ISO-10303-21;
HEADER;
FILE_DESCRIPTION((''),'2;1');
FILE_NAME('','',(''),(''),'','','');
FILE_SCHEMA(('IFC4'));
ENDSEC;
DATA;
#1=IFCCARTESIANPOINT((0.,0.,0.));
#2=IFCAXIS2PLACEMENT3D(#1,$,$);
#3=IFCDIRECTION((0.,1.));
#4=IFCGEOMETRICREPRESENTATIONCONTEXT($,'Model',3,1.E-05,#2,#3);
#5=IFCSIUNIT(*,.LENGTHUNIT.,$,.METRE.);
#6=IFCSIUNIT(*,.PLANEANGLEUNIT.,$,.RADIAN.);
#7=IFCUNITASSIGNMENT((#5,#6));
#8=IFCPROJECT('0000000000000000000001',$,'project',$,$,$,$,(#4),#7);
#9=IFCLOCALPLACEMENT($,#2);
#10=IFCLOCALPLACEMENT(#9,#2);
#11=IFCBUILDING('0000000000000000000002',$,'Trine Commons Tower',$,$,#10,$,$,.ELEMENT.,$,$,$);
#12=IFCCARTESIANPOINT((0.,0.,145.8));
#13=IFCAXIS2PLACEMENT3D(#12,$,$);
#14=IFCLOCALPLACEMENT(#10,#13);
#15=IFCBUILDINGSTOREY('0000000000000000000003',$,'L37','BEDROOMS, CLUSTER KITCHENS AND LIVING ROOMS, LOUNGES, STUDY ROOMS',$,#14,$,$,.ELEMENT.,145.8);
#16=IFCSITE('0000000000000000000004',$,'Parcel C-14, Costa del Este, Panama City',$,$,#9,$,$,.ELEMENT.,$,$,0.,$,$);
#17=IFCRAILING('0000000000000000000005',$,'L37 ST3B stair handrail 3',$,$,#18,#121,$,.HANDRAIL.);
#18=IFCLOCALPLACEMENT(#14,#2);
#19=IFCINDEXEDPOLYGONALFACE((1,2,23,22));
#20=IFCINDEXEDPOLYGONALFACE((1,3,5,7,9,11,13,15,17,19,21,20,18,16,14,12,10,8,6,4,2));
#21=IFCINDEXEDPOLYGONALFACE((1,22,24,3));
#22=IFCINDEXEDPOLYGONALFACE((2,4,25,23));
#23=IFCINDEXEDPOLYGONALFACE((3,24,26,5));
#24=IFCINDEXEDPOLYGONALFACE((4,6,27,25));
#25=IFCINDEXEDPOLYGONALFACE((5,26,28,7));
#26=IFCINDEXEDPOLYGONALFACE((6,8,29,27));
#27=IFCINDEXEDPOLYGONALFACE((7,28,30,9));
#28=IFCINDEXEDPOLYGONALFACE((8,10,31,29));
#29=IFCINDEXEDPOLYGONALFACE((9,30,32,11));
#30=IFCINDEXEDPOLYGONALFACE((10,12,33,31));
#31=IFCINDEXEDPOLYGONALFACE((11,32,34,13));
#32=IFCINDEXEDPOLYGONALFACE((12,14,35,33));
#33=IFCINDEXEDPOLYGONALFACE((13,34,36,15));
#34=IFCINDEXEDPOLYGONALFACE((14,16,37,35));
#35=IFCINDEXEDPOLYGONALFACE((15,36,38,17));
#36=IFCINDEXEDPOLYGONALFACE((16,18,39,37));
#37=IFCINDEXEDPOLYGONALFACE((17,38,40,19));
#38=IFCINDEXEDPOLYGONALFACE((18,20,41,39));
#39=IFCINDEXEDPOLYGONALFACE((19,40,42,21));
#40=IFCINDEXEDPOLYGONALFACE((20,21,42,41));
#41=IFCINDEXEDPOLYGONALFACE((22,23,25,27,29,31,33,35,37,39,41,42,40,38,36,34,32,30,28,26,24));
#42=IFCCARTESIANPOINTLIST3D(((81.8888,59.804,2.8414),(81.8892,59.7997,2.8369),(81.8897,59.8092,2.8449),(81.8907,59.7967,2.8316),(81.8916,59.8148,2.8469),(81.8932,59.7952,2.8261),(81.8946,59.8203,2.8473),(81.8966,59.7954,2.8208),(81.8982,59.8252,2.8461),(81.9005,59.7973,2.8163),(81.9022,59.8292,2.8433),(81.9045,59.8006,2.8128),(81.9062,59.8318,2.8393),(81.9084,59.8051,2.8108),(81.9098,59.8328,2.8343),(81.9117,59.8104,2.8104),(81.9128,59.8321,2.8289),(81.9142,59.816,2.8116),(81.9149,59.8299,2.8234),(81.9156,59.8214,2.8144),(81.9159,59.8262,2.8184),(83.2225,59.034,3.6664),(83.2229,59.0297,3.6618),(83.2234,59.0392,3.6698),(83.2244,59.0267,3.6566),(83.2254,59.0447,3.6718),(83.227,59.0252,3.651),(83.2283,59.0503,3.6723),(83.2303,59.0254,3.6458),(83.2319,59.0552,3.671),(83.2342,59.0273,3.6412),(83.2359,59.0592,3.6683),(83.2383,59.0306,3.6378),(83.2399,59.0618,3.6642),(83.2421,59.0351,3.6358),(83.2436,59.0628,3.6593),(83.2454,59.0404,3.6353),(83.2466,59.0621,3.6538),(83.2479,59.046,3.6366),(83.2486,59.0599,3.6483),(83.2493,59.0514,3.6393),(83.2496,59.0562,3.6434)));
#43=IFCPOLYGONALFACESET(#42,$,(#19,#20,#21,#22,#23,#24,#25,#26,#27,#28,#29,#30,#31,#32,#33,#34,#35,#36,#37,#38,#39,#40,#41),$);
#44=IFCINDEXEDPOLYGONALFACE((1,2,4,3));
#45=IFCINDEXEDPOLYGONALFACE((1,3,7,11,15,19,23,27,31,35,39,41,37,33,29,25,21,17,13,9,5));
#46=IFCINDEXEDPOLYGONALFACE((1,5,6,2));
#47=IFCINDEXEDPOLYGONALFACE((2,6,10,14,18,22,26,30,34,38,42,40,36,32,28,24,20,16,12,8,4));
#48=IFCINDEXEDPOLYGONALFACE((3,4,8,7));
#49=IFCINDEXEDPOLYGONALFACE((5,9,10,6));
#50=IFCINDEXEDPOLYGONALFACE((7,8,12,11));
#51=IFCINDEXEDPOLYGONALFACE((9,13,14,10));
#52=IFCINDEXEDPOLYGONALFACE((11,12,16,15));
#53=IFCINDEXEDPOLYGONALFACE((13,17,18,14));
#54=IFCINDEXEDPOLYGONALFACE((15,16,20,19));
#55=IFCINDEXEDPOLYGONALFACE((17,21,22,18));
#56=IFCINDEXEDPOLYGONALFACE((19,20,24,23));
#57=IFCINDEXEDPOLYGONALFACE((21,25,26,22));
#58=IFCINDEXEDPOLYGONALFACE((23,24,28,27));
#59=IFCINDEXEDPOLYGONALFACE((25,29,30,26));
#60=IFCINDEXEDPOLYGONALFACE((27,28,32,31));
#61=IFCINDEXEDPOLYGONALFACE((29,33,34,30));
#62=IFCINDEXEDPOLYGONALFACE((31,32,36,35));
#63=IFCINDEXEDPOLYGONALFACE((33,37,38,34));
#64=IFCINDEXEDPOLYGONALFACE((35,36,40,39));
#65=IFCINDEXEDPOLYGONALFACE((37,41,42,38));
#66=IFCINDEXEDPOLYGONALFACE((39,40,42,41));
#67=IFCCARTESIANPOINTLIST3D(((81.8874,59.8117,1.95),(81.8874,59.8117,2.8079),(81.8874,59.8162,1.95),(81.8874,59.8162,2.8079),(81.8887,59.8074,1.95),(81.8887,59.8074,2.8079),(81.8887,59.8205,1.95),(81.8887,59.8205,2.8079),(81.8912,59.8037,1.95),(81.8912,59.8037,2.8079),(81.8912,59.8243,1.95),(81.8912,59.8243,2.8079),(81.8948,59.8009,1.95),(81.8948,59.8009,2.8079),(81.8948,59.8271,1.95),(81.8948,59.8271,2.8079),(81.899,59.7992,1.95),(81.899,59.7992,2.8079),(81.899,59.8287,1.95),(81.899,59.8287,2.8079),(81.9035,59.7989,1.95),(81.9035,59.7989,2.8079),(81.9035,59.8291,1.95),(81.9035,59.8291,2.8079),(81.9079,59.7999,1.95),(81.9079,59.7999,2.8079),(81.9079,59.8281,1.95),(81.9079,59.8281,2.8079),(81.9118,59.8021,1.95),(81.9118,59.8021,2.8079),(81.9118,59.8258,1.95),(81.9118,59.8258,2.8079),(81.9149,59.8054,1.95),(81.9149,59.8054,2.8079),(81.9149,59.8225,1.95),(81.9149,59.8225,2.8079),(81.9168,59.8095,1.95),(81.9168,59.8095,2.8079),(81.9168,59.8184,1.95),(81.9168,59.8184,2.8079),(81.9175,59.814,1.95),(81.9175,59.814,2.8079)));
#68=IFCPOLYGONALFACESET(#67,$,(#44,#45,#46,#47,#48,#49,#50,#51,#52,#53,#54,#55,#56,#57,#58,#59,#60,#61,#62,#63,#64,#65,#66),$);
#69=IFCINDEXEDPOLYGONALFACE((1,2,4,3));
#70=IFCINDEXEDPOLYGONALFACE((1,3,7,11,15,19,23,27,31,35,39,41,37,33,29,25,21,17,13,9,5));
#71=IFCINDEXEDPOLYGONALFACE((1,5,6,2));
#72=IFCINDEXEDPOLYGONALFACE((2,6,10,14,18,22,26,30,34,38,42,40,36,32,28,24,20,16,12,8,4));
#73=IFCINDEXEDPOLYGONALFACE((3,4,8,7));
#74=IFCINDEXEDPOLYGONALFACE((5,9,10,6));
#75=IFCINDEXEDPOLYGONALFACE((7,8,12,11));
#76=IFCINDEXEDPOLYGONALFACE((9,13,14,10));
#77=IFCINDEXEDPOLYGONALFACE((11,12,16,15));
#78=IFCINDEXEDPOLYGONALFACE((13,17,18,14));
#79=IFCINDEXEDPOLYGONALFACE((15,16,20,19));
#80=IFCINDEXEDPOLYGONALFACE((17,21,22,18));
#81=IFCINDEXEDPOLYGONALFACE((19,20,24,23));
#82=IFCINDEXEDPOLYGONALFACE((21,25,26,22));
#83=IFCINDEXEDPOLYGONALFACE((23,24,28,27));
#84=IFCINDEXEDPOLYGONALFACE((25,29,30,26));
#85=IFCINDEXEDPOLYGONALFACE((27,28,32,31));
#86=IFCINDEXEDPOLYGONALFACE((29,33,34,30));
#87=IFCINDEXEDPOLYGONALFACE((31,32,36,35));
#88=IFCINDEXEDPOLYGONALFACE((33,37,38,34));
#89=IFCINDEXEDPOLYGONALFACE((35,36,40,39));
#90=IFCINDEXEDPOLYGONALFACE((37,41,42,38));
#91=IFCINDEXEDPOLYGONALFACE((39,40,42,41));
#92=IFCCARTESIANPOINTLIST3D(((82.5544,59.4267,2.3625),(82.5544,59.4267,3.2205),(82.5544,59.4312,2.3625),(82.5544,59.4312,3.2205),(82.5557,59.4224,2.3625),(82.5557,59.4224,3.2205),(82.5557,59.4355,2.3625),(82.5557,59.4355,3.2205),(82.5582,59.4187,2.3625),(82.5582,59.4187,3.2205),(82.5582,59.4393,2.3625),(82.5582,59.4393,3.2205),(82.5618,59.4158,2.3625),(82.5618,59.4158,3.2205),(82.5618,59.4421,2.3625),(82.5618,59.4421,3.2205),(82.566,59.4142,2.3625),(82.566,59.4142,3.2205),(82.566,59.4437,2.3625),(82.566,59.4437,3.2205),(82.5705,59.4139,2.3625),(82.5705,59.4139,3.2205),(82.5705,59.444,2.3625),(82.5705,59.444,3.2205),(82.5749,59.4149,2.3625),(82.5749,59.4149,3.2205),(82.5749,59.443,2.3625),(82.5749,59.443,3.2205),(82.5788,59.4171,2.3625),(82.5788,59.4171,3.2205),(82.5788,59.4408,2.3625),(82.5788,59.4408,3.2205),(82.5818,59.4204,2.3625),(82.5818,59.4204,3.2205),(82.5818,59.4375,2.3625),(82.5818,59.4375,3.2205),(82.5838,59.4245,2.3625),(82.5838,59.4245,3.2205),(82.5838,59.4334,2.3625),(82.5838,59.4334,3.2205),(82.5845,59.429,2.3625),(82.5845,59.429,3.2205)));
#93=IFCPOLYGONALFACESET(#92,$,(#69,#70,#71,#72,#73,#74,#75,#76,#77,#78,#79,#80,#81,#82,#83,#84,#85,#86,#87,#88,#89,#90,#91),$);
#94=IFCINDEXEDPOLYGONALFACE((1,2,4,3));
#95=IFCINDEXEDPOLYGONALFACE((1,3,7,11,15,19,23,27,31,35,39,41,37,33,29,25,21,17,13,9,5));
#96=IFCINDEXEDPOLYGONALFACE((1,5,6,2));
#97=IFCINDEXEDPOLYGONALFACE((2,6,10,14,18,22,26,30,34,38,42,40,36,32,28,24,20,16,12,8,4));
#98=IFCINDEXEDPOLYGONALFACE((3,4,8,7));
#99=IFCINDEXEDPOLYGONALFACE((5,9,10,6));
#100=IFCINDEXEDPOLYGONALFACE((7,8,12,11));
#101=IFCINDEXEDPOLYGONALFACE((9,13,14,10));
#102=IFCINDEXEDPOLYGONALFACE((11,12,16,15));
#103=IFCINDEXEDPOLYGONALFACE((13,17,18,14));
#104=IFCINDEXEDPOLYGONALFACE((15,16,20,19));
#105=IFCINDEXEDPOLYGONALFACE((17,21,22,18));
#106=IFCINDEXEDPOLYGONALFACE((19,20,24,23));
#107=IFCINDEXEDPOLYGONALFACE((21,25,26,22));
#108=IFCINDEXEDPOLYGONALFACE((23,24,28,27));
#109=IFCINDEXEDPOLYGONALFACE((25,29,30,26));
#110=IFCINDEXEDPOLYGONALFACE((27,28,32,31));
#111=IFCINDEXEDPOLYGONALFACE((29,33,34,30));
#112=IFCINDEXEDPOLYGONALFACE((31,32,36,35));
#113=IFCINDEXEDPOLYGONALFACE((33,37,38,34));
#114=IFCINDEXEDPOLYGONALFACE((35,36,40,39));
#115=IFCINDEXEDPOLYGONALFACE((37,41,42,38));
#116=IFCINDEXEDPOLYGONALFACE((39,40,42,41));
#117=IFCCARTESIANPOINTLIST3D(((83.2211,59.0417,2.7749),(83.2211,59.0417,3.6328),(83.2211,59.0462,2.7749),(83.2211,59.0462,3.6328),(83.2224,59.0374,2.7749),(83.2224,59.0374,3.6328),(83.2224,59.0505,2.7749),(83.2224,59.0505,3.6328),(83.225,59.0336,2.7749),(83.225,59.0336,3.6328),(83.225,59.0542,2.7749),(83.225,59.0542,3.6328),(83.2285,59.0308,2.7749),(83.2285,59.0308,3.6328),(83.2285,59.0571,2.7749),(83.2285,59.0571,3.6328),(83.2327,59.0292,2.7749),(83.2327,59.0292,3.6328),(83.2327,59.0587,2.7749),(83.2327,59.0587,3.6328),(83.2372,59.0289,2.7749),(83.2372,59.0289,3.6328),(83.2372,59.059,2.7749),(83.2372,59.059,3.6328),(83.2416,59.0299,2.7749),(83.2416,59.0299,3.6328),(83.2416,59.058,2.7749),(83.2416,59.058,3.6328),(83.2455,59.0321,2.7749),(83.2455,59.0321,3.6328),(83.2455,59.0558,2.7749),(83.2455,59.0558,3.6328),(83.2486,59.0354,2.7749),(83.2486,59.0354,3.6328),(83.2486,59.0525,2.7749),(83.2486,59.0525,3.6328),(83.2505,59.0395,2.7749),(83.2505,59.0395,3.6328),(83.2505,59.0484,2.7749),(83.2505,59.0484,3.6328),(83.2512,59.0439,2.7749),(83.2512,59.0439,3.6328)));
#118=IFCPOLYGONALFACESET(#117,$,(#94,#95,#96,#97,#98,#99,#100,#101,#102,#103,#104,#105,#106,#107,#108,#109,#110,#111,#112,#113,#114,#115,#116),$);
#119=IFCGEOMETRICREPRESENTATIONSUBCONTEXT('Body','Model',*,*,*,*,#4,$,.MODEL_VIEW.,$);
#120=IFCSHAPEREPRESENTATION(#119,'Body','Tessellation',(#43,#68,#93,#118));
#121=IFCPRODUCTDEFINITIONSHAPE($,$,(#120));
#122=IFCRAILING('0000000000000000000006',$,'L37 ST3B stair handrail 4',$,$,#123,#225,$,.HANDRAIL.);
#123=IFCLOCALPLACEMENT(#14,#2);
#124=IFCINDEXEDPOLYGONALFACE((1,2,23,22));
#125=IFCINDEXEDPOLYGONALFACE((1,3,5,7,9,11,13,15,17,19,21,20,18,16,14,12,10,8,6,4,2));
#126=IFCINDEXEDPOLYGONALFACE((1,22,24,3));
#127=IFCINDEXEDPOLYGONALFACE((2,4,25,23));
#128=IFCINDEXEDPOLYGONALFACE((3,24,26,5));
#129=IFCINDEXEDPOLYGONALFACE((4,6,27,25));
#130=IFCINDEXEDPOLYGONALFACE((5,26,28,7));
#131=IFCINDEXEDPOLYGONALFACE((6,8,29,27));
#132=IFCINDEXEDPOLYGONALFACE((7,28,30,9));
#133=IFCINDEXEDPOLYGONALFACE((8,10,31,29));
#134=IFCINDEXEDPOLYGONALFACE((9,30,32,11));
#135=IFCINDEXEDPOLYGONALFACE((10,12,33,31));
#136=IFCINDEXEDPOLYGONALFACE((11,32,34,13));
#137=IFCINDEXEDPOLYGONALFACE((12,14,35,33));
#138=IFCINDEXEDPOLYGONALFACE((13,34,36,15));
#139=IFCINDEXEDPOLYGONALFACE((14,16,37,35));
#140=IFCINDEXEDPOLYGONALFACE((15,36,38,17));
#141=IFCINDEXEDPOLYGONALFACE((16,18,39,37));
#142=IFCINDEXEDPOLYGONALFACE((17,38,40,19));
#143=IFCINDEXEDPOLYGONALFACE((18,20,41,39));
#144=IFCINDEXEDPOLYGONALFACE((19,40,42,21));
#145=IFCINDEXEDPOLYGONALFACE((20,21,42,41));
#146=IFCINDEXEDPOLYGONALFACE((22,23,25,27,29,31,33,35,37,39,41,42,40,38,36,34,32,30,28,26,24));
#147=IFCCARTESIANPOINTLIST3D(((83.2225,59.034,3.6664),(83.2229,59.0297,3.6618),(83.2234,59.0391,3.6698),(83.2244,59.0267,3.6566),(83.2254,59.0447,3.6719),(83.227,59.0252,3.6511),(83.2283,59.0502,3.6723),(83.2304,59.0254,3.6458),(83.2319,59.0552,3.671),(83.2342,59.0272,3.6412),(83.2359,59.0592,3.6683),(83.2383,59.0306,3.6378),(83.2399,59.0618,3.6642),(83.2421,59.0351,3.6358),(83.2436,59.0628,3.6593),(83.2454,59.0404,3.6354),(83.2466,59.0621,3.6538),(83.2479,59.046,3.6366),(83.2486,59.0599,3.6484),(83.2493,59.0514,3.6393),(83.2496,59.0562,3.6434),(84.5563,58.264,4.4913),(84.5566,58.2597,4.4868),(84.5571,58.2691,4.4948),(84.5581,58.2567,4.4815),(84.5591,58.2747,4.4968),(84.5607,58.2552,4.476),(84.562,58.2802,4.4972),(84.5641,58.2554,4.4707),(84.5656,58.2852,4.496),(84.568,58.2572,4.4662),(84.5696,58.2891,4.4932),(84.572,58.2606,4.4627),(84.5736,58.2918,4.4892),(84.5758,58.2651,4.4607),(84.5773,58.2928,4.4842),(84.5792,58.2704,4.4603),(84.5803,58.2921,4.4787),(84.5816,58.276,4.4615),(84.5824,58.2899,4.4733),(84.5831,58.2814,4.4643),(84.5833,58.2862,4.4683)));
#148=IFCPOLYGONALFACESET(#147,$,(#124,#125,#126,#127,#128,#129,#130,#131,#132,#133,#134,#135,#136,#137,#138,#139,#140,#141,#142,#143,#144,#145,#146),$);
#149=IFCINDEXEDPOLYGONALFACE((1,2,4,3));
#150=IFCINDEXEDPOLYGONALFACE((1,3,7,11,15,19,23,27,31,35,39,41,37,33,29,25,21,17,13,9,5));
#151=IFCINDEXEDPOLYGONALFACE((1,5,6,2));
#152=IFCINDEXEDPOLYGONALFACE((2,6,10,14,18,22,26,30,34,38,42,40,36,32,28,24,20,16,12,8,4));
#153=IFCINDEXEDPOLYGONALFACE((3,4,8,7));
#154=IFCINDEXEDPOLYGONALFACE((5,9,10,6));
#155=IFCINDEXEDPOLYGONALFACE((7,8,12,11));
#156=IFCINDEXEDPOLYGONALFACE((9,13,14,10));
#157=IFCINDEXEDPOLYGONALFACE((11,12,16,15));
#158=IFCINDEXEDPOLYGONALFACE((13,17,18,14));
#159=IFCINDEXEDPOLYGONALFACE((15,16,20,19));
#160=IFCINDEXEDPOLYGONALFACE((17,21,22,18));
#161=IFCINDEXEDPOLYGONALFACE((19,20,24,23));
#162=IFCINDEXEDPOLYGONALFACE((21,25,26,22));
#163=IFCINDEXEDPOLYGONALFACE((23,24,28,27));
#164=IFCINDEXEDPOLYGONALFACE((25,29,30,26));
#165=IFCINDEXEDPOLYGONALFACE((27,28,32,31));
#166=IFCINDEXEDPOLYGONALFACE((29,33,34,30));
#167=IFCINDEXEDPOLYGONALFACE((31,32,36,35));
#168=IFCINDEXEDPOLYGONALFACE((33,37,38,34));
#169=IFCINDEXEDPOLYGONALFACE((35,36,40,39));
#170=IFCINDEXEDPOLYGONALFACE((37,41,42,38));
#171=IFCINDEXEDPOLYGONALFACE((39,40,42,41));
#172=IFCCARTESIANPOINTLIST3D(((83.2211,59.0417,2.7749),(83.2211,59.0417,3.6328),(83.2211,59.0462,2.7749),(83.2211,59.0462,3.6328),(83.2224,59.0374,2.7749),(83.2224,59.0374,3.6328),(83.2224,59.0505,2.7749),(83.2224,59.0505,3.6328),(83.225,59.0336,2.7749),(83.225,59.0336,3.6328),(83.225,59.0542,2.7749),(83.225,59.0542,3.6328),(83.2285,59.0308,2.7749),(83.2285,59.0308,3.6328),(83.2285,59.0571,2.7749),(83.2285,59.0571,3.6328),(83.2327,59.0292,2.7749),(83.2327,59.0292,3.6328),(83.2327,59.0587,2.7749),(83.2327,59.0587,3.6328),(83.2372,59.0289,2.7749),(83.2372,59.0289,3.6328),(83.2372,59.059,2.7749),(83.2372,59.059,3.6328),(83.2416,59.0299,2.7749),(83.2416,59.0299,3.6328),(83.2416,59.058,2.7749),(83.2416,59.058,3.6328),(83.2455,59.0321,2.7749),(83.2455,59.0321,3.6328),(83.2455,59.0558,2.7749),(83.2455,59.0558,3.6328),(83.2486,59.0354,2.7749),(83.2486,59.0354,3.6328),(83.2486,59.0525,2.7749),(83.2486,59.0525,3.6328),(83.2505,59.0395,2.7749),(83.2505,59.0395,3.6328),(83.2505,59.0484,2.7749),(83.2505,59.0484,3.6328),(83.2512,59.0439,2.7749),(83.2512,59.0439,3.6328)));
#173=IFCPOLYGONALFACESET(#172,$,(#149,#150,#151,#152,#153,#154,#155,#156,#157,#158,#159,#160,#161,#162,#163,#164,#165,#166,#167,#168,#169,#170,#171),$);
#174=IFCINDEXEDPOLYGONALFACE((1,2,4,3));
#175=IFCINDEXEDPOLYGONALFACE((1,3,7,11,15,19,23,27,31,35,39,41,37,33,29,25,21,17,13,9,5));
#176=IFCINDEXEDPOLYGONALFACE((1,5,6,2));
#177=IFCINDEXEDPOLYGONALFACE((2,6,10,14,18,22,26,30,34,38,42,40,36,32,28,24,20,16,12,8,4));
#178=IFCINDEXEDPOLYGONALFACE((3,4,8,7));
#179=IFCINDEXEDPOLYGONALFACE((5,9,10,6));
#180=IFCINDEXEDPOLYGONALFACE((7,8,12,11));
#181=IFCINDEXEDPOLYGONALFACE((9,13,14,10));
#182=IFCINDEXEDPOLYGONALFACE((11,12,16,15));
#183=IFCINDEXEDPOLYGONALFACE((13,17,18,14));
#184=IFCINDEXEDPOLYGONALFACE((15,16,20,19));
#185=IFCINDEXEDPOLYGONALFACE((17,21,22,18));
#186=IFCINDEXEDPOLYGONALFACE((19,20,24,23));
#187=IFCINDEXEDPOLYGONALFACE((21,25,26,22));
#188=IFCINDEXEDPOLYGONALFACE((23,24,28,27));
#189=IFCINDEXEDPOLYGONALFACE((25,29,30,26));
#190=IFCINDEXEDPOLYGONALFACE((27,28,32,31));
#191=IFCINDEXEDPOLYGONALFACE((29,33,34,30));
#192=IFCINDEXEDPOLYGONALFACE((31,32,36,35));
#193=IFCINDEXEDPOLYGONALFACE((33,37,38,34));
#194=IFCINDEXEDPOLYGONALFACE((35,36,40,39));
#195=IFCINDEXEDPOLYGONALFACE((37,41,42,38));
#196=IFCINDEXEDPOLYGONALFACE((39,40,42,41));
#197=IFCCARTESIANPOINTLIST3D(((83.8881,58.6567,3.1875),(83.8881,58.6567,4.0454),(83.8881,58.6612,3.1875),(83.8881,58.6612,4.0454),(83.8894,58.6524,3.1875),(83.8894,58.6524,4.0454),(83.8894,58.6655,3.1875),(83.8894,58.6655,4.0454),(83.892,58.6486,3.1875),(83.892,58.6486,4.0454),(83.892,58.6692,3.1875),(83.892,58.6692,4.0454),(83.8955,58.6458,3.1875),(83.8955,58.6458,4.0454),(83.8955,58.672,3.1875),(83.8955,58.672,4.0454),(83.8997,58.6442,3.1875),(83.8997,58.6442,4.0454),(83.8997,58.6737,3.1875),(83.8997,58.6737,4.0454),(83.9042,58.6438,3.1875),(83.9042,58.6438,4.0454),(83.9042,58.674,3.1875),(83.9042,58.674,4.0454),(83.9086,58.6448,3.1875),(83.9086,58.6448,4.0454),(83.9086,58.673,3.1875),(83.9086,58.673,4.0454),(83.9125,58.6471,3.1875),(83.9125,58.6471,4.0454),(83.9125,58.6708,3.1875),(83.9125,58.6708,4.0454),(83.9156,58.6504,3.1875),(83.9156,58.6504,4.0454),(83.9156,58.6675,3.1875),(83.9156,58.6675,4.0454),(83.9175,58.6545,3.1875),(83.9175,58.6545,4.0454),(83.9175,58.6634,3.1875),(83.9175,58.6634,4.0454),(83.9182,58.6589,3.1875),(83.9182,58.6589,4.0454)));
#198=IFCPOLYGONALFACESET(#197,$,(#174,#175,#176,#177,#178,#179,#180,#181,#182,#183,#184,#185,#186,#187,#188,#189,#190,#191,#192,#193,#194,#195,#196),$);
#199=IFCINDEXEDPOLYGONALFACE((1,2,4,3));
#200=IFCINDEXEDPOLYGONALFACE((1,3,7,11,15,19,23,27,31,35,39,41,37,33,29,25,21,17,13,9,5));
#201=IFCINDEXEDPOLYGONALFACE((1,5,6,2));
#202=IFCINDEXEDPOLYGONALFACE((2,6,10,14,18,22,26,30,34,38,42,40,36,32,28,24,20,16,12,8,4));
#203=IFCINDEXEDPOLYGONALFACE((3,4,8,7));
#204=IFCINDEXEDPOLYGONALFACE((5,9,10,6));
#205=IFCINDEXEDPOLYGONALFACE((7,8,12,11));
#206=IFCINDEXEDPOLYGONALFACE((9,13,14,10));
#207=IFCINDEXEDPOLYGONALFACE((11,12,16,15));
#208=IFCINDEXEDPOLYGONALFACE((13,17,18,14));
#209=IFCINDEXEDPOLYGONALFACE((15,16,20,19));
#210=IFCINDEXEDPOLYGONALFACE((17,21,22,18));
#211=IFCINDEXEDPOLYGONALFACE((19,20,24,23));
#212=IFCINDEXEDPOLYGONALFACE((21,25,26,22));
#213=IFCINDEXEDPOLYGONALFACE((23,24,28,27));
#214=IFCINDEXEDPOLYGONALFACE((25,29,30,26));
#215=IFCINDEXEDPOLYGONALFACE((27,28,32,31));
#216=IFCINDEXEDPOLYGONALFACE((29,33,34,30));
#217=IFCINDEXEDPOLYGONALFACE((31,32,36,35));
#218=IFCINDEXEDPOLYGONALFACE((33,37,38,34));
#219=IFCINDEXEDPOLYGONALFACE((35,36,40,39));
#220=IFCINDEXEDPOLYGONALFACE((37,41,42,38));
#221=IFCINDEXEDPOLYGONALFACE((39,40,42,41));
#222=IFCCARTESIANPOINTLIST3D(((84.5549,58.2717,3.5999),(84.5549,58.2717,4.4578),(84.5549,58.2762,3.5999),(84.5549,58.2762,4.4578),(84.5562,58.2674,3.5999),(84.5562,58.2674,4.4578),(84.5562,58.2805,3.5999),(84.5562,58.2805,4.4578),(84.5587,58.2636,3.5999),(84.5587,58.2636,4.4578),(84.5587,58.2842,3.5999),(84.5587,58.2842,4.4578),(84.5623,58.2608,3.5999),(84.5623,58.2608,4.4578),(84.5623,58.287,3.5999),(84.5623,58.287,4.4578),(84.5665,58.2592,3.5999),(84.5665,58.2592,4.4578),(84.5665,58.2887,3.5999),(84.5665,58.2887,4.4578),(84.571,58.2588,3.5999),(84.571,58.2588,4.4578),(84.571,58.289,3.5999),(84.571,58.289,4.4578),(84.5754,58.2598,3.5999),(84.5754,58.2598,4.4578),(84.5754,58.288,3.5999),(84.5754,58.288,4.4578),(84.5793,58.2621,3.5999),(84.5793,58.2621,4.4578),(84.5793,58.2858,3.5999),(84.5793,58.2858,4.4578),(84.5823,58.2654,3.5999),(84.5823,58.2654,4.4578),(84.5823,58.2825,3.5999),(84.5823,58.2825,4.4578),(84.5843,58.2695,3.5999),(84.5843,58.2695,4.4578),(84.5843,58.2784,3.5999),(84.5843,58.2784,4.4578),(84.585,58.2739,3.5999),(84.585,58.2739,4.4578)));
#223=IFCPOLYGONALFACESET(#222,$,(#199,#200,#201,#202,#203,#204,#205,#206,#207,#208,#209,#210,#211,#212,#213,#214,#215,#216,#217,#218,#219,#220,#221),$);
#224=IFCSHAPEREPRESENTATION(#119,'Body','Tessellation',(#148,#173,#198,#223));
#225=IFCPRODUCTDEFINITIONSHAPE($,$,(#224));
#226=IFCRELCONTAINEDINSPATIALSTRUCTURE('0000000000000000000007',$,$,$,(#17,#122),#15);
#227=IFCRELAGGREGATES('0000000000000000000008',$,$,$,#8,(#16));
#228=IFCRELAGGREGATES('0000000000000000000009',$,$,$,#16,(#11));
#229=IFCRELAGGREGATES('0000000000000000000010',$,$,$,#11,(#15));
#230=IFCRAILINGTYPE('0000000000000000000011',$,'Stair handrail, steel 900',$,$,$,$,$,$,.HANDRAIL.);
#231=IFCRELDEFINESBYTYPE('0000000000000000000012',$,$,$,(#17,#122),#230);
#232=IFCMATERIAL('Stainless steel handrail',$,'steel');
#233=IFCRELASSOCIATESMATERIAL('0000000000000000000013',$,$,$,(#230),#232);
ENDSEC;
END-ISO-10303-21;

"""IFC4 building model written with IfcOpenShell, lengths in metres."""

from ifc_helpers import new_model, si_unit, direction, frame, origin, origin_2d, place, context, subcontext, project, spatial, circle, extrude, material, type_object, element, save


model = new_model("IFC4")

# Units and contexts
model_context = context("Model", 3, precision=1e-05, world=origin(), true_north=direction((0.0, 1.0)))
body_context = subcontext(model_context, "Body", "Model", "MODEL_VIEW")
ifc_project = project(units=[si_unit("LENGTHUNIT", "METRE"), si_unit("PLANEANGLEUNIT", "RADIAN")], contexts=[model_context])

# Site, building, storey
site_placement = place(None, origin())
site = spatial("IfcSite", under=ifc_project, at=site_placement, Name="Parcel C-14, Costa del Este, Panama City", CompositionType="ELEMENT", RefElevation=0.0)
building_placement = place(site_placement, origin())
building = spatial("IfcBuilding", under=site, at=building_placement, Name="Trine Commons Tower", CompositionType="ELEMENT")
storey_placement = place(building_placement, frame((0.0, 0.0, 145.8)))
storey = spatial("IfcBuildingStorey", under=building, at=storey_placement, Name="L37", Description="BEDROOMS, CLUSTER KITCHENS AND LIVING ROOMS, LOUNGES, STUDY ROOMS", CompositionType="ELEMENT", Elevation=145.8)

# Railings
ifc_material_1 = material(Name="Stainless steel handrail", Category="steel")
railing_type_1 = type_object("IfcRailingType", Name="Stair handrail, steel 900", PredefinedType="HANDRAIL", material=ifc_material_1)
for number, where, name in (
    (1, (81.9023, 59.814, 1.95), "L37 ST3B stair handrail 3"),
    (2, (83.2361, 59.0439, 2.7749), "L37 ST3B stair handrail 4"),
):
    element("IfcRailing", number, at=place(storey_placement, frame(where)), inside=storey, type_object=railing_type_1, Name=name, PredefinedType="HANDRAIL", context=body_context, shape_type="SweptSolid", body=[
        extrude(circle(Radius=0.021, at=origin_2d()), frame((0.0, 0.0, 0.8789), z_axis=(0.763405, -0.440743, 0.472185), x_axis=(0.499992, 0.86603, 0.0)), (0.0, 0.0, 1.0), 1.7471),
        extrude(circle(Radius=0.0151, at=origin_2d()), origin(), (0.0, 0.0, 1.0), 0.8579),
        extrude(circle(Radius=0.0151, at=origin_2d()), frame((0.667, -0.385, 0.4126)), (0.0, 0.0, 1.0), 0.8579),
        extrude(circle(Radius=0.0151, at=origin_2d()), frame((1.3337, -0.77, 0.825)), (0.0, 0.0, 1.0), 0.8579),
    ])

save(model, "model.ifc")
